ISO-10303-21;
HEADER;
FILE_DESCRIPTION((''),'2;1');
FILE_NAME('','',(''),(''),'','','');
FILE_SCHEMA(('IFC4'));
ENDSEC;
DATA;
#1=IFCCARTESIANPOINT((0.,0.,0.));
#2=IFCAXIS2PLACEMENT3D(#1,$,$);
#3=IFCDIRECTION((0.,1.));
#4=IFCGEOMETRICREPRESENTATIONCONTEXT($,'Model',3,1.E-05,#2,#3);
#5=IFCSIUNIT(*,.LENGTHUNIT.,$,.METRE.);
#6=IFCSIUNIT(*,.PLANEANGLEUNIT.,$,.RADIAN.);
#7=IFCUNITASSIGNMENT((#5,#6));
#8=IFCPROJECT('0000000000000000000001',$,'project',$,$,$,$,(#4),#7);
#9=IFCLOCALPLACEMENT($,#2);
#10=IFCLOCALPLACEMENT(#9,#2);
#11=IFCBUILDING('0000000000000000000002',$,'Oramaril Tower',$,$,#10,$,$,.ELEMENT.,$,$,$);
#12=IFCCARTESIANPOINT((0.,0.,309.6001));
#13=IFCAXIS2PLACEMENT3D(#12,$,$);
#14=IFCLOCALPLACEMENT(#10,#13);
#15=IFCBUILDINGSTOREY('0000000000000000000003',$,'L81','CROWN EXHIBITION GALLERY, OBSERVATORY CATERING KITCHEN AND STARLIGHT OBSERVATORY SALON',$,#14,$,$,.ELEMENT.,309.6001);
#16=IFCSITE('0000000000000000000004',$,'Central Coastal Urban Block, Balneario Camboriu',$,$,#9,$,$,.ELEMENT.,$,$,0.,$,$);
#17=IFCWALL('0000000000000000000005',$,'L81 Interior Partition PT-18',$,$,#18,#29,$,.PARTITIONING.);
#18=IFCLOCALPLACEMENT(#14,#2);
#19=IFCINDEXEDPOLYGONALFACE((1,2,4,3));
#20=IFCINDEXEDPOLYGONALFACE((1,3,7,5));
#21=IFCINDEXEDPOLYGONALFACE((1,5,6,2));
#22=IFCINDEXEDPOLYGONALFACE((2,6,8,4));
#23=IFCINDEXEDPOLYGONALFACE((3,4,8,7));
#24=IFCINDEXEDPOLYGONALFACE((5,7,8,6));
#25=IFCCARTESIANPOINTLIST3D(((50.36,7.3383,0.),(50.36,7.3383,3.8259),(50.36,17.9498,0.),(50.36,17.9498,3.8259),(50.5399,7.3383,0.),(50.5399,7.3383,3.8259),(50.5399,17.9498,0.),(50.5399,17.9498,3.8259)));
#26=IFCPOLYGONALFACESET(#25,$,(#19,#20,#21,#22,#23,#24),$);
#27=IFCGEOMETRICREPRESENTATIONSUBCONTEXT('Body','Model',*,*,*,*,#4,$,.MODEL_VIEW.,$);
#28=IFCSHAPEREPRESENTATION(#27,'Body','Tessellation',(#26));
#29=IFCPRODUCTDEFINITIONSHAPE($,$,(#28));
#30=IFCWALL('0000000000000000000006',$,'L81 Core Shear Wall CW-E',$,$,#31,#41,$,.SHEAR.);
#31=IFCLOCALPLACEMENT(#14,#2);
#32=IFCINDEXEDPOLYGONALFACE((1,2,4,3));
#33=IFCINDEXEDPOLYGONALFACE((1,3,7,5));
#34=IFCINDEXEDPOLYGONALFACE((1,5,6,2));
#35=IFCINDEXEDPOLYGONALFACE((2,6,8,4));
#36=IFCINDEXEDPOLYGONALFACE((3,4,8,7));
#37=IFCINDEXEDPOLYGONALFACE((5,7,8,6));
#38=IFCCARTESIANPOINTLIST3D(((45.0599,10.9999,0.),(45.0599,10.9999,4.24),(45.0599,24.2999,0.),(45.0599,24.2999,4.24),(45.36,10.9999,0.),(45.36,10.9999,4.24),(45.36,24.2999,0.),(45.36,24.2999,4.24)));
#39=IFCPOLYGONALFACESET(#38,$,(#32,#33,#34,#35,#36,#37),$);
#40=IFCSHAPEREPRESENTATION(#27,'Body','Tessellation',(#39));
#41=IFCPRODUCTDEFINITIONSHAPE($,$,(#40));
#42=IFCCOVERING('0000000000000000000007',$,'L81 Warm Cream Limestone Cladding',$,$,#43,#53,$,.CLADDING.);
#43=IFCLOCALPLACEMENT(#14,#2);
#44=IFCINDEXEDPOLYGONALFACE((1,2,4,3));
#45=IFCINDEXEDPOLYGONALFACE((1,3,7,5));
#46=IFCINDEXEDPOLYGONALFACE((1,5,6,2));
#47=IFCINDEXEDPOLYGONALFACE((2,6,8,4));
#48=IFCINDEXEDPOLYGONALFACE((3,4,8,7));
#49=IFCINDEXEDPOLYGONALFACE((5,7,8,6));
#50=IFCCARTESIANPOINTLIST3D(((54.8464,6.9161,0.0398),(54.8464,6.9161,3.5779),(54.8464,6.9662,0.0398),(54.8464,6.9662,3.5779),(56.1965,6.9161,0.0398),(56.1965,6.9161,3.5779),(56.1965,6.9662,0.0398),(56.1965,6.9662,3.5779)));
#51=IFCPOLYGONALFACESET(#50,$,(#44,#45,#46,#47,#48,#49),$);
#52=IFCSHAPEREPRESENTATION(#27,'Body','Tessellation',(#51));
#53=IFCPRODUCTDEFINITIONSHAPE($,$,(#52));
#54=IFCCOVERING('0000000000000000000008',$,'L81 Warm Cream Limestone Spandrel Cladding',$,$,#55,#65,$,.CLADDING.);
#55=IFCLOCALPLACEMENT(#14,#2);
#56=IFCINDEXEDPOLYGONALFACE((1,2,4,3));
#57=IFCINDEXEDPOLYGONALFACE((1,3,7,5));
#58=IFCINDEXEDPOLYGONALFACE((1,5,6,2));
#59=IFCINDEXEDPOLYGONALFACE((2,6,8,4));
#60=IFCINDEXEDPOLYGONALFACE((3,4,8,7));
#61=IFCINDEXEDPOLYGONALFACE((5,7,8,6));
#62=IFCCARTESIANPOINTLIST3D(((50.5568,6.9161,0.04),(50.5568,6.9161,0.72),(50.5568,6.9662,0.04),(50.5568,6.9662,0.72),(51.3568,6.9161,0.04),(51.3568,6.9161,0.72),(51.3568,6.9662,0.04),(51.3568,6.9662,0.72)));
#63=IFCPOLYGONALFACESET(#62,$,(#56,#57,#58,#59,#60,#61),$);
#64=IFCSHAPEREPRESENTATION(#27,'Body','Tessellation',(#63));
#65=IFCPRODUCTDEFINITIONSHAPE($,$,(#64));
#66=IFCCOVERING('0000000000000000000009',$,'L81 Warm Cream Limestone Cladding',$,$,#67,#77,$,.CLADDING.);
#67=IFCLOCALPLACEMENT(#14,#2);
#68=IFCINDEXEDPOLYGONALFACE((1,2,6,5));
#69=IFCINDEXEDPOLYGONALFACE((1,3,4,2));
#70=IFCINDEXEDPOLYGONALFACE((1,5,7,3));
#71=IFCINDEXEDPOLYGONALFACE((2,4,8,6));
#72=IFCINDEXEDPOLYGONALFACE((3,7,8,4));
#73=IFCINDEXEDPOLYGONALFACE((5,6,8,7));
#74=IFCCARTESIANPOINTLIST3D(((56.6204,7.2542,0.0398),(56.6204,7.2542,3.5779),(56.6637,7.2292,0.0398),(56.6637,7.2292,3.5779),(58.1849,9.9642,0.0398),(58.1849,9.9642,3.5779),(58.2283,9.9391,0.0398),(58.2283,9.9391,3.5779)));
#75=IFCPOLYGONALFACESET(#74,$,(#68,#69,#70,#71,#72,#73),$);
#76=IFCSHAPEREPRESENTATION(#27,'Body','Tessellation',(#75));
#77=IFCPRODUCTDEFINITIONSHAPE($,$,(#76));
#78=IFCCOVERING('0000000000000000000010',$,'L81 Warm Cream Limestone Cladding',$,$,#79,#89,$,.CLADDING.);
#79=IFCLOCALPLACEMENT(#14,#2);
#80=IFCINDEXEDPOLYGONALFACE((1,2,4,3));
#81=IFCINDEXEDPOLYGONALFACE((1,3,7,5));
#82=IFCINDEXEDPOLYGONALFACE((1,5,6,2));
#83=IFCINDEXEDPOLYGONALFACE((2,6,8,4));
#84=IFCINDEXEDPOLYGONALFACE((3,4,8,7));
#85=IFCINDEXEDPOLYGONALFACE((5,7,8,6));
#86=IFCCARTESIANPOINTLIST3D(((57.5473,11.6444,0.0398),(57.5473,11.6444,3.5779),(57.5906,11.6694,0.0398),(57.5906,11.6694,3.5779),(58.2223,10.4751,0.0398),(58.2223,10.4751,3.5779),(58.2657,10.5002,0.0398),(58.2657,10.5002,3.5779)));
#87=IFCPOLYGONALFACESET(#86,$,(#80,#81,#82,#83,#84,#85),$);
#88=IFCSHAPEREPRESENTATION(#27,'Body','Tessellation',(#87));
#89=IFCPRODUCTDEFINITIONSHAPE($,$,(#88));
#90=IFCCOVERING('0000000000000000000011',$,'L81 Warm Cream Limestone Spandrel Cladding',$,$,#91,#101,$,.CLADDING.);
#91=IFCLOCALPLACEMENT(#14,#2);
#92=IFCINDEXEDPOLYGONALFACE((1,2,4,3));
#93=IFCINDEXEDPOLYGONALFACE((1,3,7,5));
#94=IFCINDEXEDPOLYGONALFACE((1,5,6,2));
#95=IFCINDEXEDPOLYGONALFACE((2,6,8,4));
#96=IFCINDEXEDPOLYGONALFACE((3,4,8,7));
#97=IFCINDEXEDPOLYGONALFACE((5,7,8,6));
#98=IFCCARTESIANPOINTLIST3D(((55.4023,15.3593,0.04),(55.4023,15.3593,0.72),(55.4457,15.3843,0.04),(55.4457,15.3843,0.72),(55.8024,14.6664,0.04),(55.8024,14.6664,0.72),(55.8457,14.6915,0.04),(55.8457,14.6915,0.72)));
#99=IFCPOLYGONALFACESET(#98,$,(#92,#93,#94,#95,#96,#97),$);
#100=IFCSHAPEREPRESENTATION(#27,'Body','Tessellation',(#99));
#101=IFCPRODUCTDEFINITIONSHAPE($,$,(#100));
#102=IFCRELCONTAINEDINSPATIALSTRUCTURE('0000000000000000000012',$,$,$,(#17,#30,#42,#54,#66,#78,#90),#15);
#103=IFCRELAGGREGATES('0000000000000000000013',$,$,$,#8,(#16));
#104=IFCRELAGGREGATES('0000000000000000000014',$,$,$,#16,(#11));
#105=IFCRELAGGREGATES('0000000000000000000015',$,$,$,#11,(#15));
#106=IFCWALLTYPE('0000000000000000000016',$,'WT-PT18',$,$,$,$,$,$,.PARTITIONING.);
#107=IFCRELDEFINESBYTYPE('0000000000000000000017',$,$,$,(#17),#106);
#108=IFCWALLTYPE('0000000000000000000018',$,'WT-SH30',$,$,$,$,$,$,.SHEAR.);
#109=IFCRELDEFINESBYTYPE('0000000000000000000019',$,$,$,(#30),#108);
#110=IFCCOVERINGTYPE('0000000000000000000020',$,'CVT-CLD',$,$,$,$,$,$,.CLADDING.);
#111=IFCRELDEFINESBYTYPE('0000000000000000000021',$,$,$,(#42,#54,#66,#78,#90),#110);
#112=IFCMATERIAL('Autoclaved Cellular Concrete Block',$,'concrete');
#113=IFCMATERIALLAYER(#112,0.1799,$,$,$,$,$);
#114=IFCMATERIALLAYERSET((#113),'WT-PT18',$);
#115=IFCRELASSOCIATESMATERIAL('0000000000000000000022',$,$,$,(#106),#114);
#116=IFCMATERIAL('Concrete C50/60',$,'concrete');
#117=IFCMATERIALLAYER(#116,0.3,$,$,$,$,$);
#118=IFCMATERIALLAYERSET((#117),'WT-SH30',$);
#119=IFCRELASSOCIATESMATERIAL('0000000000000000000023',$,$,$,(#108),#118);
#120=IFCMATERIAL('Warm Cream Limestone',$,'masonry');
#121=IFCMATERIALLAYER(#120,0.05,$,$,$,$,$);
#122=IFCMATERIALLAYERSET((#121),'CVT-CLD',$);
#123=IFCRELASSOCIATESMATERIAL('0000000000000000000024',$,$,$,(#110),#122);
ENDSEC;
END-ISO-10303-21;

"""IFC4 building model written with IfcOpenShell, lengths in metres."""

from ifc_helpers import new_model, si_unit, direction, frame, frame_2d, origin, origin_2d, place, context, subcontext, project, spatial, rectangle, extrude, material, layer, layer_set, type_object, element, save


model = new_model("IFC4")

# Units and contexts
model_context = context("Model", 3, precision=1e-05, world=origin(), true_north=direction((0.0, 1.0)))
body_context = subcontext(model_context, "Body", "Model", "MODEL_VIEW")
ifc_project = project(units=[si_unit("LENGTHUNIT", "METRE"), si_unit("PLANEANGLEUNIT", "RADIAN")], contexts=[model_context])

# Site, building, storey
site_placement = place(None, origin())
site = spatial("IfcSite", under=ifc_project, at=site_placement, Name="Central Coastal Urban Block, Balneario Camboriu", CompositionType="ELEMENT", RefElevation=0.0)
building_placement = place(site_placement, origin())
building = spatial("IfcBuilding", under=site, at=building_placement, Name="Oramaril Tower", CompositionType="ELEMENT")
storey_placement = place(building_placement, frame((0.0, 0.0, 309.6001)))
storey = spatial("IfcBuildingStorey", under=building, at=storey_placement, Name="L81", Description="CROWN EXHIBITION GALLERY, OBSERVATORY CATERING KITCHEN AND STARLIGHT OBSERVATORY SALON", CompositionType="ELEMENT", Elevation=309.6001)

# Walls
ifc_material_1 = material(Name="Autoclaved Cellular Concrete Block", Category="concrete")
ifc_layer_1 = layer(ifc_material_1, 0.1799)
ifc_layer_set_1 = layer_set([ifc_layer_1], Name="WT-PT18")
wall_type_1 = type_object("IfcWallType", Name="WT-PT18", PredefinedType="PARTITIONING", material=ifc_layer_set_1)
wall_1_placement = place(storey_placement, frame((50.45, 7.3384, 0.0), z_axis=(0.0, 0.0, 1.0), x_axis=(0.0, 1.0, 0.0)))
element("IfcWall", 1, at=wall_1_placement, inside=storey, type_object=wall_type_1, Name="L81 Interior Partition PT-18", PredefinedType="PARTITIONING", context=body_context, shape_type="SweptSolid", body=[
    extrude(rectangle(XDim=10.6116, YDim=0.1799, at=frame_2d((5.3057, 0.0))), origin(), (0.0, 0.0, 1.0), 3.8259),
])
ifc_material_2 = material(Name="Concrete C50/60", Category="concrete")
ifc_layer_2 = layer(ifc_material_2, 0.3)
ifc_layer_set_2 = layer_set([ifc_layer_2], Name="WT-SH30")
wall_type_2 = type_object("IfcWallType", Name="WT-SH30", PredefinedType="SHEAR", material=ifc_layer_set_2)
wall_2_placement = place(storey_placement, frame((45.21, 11.0, 0.0), z_axis=(0.0, 0.0, 1.0), x_axis=(0.0, 1.0, 0.0)))
element("IfcWall", 2, at=wall_2_placement, inside=storey, type_object=wall_type_2, Name="L81 Core Shear Wall CW-E", PredefinedType="SHEAR", context=body_context, shape_type="SweptSolid", body=[
    extrude(rectangle(XDim=13.3, YDim=0.3, at=frame_2d((6.6499, 0.0))), origin(), (0.0, 0.0, 1.0), 4.24),
])

# Coverings
ifc_material_3 = material(Name="Warm Cream Limestone", Category="masonry")
ifc_layer_3 = layer(ifc_material_3, 0.05)
ifc_layer_set_3 = layer_set([ifc_layer_3], Name="CVT-CLD")
covering_type = type_object("IfcCoveringType", Name="CVT-CLD", PredefinedType="CLADDING", material=ifc_layer_set_3)
covering_1_placement = place(storey_placement, frame((55.5215, 6.9412, 0.0398), z_axis=(0.0, 0.0, 1.0), x_axis=(1.0, 0.0, 0.0)))
element("IfcCovering", 3, at=covering_1_placement, inside=storey, type_object=covering_type, Name="L81 Warm Cream Limestone Cladding", PredefinedType="CLADDING", context=body_context, shape_type="SweptSolid", body=[
    extrude(rectangle(XDim=1.3501, YDim=0.05, at=origin_2d()), origin(), (0.0, 0.0, 1.0), 3.5381),
])
covering_2_placement = place(storey_placement, frame((50.9568, 6.9412, 0.04), z_axis=(0.0, 0.0, 1.0), x_axis=(1.0, 0.0, 0.0)))
element("IfcCovering", 4, at=covering_2_placement, inside=storey, type_object=covering_type, Name="L81 Warm Cream Limestone Spandrel Cladding", PredefinedType="CLADDING", context=body_context, shape_type="SweptSolid", body=[
    extrude(rectangle(XDim=0.8, YDim=0.05, at=origin_2d()), origin(), (0.0, 0.0, 1.0), 0.6799),
])
covering_3_placement = place(storey_placement, frame((57.4243, 8.5967, 0.0398), z_axis=(0.0, 0.0, 1.0), x_axis=(0.499989, 0.866032, 0.0)))
element("IfcCovering", 5, at=covering_3_placement, inside=storey, type_object=covering_type, Name="L81 Warm Cream Limestone Cladding", PredefinedType="CLADDING", context=body_context, shape_type="SweptSolid", body=[
    extrude(rectangle(XDim=3.1292, YDim=0.05, at=origin_2d()), origin(), (0.0, 0.0, 1.0), 3.5381),
])
covering_4_placement = place(storey_placement, frame((57.9065, 11.0723, 0.0398), z_axis=(0.0, 0.0, 1.0), x_axis=(-0.5, 0.866025, 0.0)))
element("IfcCovering", 6, at=covering_4_placement, inside=storey, type_object=covering_type, Name="L81 Warm Cream Limestone Cladding", PredefinedType="CLADDING", context=body_context, shape_type="SweptSolid", body=[
    extrude(rectangle(XDim=1.3501, YDim=0.05, at=origin_2d()), origin(), (0.0, 0.0, 1.0), 3.5381),
])
covering_5_placement = place(storey_placement, frame((55.624, 15.0254, 0.04), z_axis=(0.0, 0.0, 1.0), x_axis=(-0.5, 0.866025, 0.0)))
element("IfcCovering", 7, at=covering_5_placement, inside=storey, type_object=covering_type, Name="L81 Warm Cream Limestone Spandrel Cladding", PredefinedType="CLADDING", context=body_context, shape_type="SweptSolid", body=[
    extrude(rectangle(XDim=0.8, YDim=0.05, at=origin_2d()), origin(), (0.0, 0.0, 1.0), 0.6799),
])

save(model, "model.ifc")
